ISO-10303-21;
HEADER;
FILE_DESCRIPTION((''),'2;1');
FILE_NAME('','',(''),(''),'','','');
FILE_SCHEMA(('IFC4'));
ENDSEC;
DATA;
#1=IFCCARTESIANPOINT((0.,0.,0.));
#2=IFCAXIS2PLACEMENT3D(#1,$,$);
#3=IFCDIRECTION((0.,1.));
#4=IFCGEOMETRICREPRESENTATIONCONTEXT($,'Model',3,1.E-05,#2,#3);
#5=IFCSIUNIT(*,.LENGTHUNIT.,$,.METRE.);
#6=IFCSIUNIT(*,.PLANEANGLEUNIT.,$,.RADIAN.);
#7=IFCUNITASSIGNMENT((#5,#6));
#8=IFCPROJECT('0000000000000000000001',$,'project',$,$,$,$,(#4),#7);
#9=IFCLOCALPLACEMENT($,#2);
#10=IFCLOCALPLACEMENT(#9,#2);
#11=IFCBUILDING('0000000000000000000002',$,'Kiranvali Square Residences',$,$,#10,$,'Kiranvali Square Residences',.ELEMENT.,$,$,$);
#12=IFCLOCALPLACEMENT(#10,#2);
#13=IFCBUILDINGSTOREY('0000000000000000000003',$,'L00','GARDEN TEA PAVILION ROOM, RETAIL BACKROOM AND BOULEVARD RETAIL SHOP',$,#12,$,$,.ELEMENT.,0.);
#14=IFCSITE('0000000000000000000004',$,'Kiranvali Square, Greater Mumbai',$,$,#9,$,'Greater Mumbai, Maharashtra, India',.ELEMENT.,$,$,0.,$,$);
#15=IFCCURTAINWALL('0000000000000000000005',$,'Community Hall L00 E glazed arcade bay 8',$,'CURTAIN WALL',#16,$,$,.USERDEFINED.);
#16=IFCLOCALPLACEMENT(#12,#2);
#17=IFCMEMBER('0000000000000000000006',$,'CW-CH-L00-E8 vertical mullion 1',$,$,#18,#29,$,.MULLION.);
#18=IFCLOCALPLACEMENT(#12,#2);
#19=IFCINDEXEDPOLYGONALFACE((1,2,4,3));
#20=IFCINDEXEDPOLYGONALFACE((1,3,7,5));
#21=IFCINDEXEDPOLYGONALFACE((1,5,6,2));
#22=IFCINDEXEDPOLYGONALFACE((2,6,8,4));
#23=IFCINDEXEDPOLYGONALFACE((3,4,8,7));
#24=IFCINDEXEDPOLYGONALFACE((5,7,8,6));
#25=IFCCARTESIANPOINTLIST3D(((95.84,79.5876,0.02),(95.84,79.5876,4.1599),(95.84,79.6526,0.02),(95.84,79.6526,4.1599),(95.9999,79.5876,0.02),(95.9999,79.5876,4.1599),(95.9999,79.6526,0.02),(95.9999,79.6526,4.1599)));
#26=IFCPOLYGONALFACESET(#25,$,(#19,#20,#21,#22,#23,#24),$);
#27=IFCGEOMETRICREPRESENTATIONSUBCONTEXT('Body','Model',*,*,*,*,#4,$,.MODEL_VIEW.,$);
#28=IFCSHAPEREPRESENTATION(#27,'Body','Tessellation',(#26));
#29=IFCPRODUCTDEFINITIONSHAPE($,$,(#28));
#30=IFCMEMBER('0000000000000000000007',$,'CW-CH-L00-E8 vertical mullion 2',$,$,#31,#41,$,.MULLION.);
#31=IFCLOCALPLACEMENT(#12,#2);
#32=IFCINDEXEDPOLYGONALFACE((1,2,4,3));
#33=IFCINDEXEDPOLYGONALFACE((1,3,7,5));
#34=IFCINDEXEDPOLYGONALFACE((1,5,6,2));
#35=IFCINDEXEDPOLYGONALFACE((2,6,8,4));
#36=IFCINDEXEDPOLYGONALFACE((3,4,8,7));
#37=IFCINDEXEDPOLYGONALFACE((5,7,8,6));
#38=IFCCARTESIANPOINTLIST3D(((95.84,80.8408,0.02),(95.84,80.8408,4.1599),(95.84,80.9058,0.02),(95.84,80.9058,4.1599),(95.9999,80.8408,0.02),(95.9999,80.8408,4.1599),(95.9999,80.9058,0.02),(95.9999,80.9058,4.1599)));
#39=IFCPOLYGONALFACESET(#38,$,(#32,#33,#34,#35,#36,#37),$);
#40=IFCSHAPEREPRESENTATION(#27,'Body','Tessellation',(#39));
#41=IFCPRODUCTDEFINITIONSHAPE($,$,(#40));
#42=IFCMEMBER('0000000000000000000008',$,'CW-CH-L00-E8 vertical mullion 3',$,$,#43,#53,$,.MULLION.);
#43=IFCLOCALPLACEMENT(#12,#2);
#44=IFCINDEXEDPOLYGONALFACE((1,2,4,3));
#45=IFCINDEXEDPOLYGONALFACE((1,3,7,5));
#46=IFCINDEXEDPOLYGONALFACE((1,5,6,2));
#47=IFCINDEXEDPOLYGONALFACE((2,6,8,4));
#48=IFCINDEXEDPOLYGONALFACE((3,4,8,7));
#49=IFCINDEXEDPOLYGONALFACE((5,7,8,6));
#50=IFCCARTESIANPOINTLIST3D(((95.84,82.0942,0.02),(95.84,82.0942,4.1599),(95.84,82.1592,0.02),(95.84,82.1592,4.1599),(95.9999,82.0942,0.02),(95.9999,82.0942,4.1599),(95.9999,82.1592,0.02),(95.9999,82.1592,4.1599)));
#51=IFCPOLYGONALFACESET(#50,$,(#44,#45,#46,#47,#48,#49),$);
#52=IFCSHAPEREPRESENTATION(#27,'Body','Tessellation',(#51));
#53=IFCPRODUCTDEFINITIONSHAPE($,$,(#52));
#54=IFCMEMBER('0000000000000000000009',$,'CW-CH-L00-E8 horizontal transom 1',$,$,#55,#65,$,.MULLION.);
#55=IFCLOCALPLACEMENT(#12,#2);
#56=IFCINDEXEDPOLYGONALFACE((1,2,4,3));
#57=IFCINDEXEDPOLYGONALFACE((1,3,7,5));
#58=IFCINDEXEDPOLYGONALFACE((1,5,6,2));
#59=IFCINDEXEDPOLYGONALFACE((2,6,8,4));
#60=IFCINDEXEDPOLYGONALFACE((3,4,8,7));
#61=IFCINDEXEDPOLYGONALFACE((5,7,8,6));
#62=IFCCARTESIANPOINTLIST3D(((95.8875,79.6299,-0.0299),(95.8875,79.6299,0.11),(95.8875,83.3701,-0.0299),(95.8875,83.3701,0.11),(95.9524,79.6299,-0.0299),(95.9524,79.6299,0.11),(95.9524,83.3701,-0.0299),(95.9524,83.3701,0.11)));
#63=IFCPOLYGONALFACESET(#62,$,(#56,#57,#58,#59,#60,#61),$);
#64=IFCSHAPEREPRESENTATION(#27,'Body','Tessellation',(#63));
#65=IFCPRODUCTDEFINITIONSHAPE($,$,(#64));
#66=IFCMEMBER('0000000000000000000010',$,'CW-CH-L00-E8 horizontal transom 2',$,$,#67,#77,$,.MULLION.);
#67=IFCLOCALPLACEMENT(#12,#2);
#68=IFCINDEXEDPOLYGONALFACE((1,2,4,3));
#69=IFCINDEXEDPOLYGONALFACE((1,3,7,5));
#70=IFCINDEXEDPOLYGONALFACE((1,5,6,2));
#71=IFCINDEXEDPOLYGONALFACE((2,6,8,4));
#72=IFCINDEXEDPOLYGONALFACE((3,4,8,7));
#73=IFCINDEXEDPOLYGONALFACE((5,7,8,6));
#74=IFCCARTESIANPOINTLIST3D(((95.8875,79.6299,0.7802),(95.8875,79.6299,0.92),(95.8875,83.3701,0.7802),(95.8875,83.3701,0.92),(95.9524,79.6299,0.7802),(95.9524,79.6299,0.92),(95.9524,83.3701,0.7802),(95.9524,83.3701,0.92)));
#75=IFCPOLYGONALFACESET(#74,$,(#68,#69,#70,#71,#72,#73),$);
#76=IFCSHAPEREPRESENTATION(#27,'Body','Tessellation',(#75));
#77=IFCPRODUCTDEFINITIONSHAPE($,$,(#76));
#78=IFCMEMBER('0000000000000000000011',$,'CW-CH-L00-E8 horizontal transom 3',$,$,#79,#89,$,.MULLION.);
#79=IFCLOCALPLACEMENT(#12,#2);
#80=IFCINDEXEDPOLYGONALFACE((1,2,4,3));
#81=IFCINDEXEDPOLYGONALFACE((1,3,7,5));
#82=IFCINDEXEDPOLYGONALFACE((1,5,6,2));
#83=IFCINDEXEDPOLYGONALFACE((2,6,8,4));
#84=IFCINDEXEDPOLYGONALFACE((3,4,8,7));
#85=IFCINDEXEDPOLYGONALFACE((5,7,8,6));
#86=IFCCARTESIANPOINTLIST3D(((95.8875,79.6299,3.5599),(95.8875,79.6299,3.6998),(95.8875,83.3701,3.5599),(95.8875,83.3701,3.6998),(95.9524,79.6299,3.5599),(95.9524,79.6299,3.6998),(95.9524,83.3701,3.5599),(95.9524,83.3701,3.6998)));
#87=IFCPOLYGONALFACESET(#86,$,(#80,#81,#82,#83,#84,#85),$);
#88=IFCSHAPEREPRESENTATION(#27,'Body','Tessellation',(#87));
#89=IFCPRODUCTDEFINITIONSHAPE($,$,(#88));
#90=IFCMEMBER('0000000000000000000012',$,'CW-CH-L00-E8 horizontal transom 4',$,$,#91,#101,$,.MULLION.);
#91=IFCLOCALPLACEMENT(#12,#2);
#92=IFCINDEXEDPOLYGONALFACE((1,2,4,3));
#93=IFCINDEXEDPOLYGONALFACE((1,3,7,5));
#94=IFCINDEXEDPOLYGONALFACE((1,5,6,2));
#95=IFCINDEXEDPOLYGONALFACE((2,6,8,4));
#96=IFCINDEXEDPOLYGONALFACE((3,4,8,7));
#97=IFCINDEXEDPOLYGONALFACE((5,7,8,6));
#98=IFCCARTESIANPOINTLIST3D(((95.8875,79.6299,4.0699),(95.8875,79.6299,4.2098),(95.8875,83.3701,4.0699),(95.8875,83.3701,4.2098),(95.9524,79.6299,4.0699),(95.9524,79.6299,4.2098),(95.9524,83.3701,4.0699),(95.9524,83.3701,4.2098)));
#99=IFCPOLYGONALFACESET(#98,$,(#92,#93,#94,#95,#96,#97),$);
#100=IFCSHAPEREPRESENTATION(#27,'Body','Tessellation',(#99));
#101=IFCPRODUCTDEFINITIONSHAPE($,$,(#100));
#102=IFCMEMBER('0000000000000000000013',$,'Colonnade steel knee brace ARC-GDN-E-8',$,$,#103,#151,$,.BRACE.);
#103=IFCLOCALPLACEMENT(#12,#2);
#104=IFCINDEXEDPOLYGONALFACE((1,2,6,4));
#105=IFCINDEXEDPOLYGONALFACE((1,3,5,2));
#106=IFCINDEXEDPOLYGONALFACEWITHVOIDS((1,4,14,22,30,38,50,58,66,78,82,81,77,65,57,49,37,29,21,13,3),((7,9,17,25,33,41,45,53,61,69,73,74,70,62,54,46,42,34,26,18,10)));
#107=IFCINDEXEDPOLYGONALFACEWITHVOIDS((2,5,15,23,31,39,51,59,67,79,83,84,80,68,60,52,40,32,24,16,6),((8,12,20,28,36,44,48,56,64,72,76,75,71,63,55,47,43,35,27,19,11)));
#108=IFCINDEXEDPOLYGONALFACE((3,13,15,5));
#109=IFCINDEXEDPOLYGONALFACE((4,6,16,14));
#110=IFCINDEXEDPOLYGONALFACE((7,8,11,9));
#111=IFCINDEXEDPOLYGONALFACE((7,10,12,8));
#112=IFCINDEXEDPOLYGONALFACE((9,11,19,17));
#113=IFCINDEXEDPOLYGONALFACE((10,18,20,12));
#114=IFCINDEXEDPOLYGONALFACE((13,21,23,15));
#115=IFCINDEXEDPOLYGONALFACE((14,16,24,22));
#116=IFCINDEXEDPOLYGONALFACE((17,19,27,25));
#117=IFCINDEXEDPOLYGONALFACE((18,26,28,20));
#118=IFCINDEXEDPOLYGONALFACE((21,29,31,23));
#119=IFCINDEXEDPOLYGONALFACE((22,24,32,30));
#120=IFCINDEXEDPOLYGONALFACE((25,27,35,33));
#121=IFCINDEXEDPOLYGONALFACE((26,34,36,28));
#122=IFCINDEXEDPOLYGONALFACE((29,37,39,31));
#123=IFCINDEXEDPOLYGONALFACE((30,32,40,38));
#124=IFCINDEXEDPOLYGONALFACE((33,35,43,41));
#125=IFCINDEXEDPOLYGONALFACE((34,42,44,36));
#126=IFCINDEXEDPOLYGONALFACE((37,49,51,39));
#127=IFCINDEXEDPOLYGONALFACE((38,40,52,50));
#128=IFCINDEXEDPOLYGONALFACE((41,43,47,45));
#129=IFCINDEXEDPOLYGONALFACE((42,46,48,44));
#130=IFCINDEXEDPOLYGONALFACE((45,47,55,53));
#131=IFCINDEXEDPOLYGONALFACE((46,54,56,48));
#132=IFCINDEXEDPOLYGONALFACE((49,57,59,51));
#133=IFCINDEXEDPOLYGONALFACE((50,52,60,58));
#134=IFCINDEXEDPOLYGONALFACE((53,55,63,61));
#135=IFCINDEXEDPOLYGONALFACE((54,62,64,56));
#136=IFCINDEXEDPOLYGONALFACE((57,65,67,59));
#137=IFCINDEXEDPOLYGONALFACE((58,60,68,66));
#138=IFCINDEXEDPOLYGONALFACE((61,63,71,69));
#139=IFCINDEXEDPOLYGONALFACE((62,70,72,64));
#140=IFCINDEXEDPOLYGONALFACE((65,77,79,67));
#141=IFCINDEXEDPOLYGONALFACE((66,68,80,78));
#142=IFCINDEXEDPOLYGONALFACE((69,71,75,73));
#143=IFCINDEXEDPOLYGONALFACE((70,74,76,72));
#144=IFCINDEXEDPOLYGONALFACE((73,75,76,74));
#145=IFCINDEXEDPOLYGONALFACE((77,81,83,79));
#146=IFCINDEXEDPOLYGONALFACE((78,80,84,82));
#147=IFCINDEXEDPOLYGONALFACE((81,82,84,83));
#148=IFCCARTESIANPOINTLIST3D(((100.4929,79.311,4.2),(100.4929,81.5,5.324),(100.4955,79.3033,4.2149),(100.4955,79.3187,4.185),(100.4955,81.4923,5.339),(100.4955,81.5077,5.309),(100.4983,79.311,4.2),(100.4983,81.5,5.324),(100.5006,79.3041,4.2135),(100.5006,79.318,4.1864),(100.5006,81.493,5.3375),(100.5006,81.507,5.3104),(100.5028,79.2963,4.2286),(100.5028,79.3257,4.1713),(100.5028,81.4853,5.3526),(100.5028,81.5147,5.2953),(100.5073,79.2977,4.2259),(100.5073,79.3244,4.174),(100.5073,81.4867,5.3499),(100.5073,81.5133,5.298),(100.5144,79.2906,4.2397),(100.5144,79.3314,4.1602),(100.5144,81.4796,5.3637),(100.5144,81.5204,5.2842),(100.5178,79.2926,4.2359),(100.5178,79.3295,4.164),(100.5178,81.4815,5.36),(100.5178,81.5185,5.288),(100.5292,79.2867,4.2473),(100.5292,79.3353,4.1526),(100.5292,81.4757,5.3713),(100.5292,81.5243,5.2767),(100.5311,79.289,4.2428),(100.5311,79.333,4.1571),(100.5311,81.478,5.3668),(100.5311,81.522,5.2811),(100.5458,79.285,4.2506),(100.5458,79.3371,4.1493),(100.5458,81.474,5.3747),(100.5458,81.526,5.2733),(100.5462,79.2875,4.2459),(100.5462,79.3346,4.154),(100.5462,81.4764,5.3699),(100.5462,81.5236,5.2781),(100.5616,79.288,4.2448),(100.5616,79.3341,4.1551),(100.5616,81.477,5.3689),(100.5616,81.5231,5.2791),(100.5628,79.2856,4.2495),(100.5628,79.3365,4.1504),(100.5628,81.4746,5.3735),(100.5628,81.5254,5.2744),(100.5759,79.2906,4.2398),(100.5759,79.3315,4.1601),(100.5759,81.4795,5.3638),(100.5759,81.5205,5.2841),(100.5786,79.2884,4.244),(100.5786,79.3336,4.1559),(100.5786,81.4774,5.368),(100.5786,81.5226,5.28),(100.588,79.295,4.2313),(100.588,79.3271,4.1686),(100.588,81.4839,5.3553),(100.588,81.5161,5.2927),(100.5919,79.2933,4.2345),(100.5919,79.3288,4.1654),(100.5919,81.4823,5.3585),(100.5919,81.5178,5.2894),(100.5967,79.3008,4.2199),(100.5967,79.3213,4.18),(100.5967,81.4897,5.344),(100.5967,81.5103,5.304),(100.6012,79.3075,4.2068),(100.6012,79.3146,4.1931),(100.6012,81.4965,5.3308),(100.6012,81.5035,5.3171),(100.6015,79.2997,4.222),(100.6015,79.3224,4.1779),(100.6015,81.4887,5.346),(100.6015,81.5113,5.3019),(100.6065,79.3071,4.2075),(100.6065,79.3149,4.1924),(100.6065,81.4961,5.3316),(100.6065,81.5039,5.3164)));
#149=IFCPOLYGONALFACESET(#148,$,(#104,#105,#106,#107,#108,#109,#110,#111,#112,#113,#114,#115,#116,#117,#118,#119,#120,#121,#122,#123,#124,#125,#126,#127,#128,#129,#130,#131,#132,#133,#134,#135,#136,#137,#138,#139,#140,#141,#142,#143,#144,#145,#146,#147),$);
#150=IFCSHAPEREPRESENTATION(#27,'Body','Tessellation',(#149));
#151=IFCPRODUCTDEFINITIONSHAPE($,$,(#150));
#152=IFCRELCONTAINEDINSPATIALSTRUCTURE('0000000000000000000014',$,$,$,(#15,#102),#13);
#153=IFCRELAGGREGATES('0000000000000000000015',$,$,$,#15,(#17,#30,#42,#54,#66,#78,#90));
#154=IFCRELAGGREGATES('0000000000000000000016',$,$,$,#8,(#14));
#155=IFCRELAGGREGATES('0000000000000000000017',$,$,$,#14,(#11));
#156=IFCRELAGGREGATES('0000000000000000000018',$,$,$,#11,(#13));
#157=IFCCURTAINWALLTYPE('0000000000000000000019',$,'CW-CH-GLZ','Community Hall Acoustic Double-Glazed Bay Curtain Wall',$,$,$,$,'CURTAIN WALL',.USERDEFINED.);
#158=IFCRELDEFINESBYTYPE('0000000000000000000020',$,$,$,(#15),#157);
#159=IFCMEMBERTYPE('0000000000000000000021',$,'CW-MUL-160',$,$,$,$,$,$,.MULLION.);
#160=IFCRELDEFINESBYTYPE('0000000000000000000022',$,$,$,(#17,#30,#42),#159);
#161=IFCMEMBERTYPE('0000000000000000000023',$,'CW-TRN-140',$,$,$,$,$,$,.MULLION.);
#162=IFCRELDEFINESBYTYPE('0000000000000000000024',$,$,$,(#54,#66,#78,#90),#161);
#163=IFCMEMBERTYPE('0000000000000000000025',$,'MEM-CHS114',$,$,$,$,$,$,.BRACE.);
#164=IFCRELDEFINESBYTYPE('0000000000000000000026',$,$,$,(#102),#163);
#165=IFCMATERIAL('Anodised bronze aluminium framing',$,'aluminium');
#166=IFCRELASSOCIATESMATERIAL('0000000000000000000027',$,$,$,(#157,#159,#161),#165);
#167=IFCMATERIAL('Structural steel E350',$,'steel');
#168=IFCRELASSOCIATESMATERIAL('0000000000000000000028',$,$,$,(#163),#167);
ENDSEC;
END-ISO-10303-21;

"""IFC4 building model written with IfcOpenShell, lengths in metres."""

from ifc_helpers import new_model, si_unit, direction, frame, origin, origin_2d, place, context, subcontext, project, spatial, rectangle, hollow_circle, extrude, material, material_profile, profile_set, type_object, element, aggregate, save


model = new_model("IFC4")

# Units and contexts
model_context = context("Model", 3, precision=1e-05, world=origin(), true_north=direction((0.0, 1.0)))
body_context = subcontext(model_context, "Body", "Model", "MODEL_VIEW")
ifc_project = project(units=[si_unit("LENGTHUNIT", "METRE"), si_unit("PLANEANGLEUNIT", "RADIAN")], contexts=[model_context])

# Site, building, storey
site_placement = place(None, origin())
site = spatial("IfcSite", under=ifc_project, at=site_placement, Name="Kiranvali Square, Greater Mumbai", LongName="Greater Mumbai, Maharashtra, India", CompositionType="ELEMENT", RefElevation=0.0)
building_placement = place(site_placement, origin())
building = spatial("IfcBuilding", under=site, at=building_placement, Name="Kiranvali Square Residences", LongName="Kiranvali Square Residences", CompositionType="ELEMENT")
storey_placement = place(building_placement, origin())
storey = spatial("IfcBuildingStorey", under=building, at=storey_placement, Name="L00", Description="GARDEN TEA PAVILION ROOM, RETAIL BACKROOM AND BOULEVARD RETAIL SHOP", CompositionType="ELEMENT", Elevation=0.0)

# Shared definitions
ifc_material_1 = material(Name="Anodised bronze aluminium framing", Category="aluminium")
curtain_wall_type = type_object("IfcCurtainWallType", Name="CW-CH-GLZ", Description="Community Hall Acoustic Double-Glazed Bay Curtain Wall", ElementType="CURTAIN WALL", PredefinedType="USERDEFINED", material=ifc_material_1)
ifc_material_profile_1 = material_profile(ifc_material_1, rectangle(XDim=0.0649, YDim=0.1599, at=origin_2d()), Name="ALU 65x160")
ifc_profile_set_1 = profile_set([ifc_material_profile_1], Name="Anodised bronze aluminium framing")
member_type_1 = type_object("IfcMemberType", Name="CW-MUL-160", PredefinedType="MULLION", material=ifc_profile_set_1)

# Curtain wall, members
curtain_wall_1_placement = place(storey_placement, origin())
curtain_wall_1 = element("IfcCurtainWall", 1, at=curtain_wall_1_placement, inside=storey, type_object=curtain_wall_type, Name="Community Hall L00 E glazed arcade bay 8", ObjectType="CURTAIN WALL", PredefinedType="USERDEFINED")
member_1_placement = place(storey_placement, frame((95.9199, 79.6201, 0.02), z_axis=(0.0, 0.0, 1.0), x_axis=(0.0, 1.0, 0.0)))
member_1 = element("IfcMember", 2, at=member_1_placement, type_object=member_type_1, Name="CW-CH-L00-E8 vertical mullion 1", PredefinedType="MULLION", context=body_context, shape_type="SweptSolid", body=[
    extrude(rectangle(XDim=0.0649, YDim=0.1599, at=origin_2d()), origin(), (0.0, 0.0, 1.0), 4.1399),
])
member_2_placement = place(storey_placement, frame((95.9199, 80.8733, 0.02), z_axis=(0.0, 0.0, 1.0), x_axis=(0.0, 1.0, 0.0)))
member_2 = element("IfcMember", 3, at=member_2_placement, type_object=member_type_1, Name="CW-CH-L00-E8 vertical mullion 2", PredefinedType="MULLION", context=body_context, shape_type="SweptSolid", body=[
    extrude(rectangle(XDim=0.0649, YDim=0.1599, at=origin_2d()), origin(), (0.0, 0.0, 1.0), 4.1399),
])
member_3_placement = place(storey_placement, frame((95.9199, 82.1267, 0.02), z_axis=(0.0, 0.0, 1.0), x_axis=(0.0, 1.0, 0.0)))
member_3 = element("IfcMember", 4, at=member_3_placement, type_object=member_type_1, Name="CW-CH-L00-E8 vertical mullion 3", PredefinedType="MULLION", context=body_context, shape_type="SweptSolid", body=[
    extrude(rectangle(XDim=0.0649, YDim=0.1599, at=origin_2d()), origin(), (0.0, 0.0, 1.0), 4.1399),
])
ifc_material_profile_2 = material_profile(ifc_material_1, rectangle(XDim=0.0649, YDim=0.1399, at=origin_2d()), Name="ALU 65x140")
ifc_profile_set_2 = profile_set([ifc_material_profile_2], Name="Anodised bronze aluminium framing")
member_type_2 = type_object("IfcMemberType", Name="CW-TRN-140", PredefinedType="MULLION", material=ifc_profile_set_2)
member_4_placement = place(storey_placement, frame((95.9199, 79.6299, 0.04), z_axis=(0.0, 1.0, 0.0), x_axis=(-1.0, 0.0, 0.0)))
member_4 = element("IfcMember", 5, at=member_4_placement, type_object=member_type_2, Name="CW-CH-L00-E8 horizontal transom 1", PredefinedType="MULLION", context=body_context, shape_type="SweptSolid", body=[
    extrude(rectangle(XDim=0.0649, YDim=0.1399, at=origin_2d()), origin(), (0.0, 0.0, 1.0), 3.7402),
])
member_5_placement = place(storey_placement, frame((95.9199, 79.6299, 0.8501), z_axis=(0.0, 1.0, 0.0), x_axis=(-1.0, 0.0, 0.0)))
member_5 = element("IfcMember", 6, at=member_5_placement, type_object=member_type_2, Name="CW-CH-L00-E8 horizontal transom 2", PredefinedType="MULLION", context=body_context, shape_type="SweptSolid", body=[
    extrude(rectangle(XDim=0.0649, YDim=0.1399, at=origin_2d()), origin(), (0.0, 0.0, 1.0), 3.7402),
])
member_6_placement = place(storey_placement, frame((95.9199, 79.6299, 3.6299), z_axis=(0.0, 1.0, 0.0), x_axis=(-1.0, 0.0, 0.0)))
member_6 = element("IfcMember", 7, at=member_6_placement, type_object=member_type_2, Name="CW-CH-L00-E8 horizontal transom 3", PredefinedType="MULLION", context=body_context, shape_type="SweptSolid", body=[
    extrude(rectangle(XDim=0.0649, YDim=0.1399, at=origin_2d()), origin(), (0.0, 0.0, 1.0), 3.7402),
])
member_7_placement = place(storey_placement, frame((95.9199, 79.6299, 4.1399), z_axis=(0.0, 1.0, 0.0), x_axis=(-1.0, 0.0, 0.0)))
member_7 = element("IfcMember", 8, at=member_7_placement, type_object=member_type_2, Name="CW-CH-L00-E8 horizontal transom 4", PredefinedType="MULLION", context=body_context, shape_type="SweptSolid", body=[
    extrude(rectangle(XDim=0.0649, YDim=0.1399, at=origin_2d()), origin(), (0.0, 0.0, 1.0), 3.7402),
])

# Member
ifc_material_2 = material(Name="Structural steel E350", Category="steel")
ifc_material_profile_3 = material_profile(ifc_material_2, hollow_circle(Radius=0.0571, WallThickness=0.0054, at=origin_2d()), Name="CHS 114.3x5.4")
ifc_profile_set_3 = profile_set([ifc_material_profile_3], Name="Structural steel E350")
member_type_3 = type_object("IfcMemberType", Name="MEM-CHS114", PredefinedType="BRACE", material=ifc_profile_set_3)
member_8_placement = place(storey_placement, frame((100.55, 79.311, 4.2), z_axis=(0.0, 0.889574, 0.456792), x_axis=(-1.0, 0.0, 0.0)))
element("IfcMember", 9, at=member_8_placement, inside=storey, type_object=member_type_3, Name="Colonnade steel knee brace ARC-GDN-E-8", PredefinedType="BRACE", context=body_context, shape_type="SweptSolid", body=[
    extrude(hollow_circle(Radius=0.0571, WallThickness=0.0054, at=origin_2d()), origin(), (0.0, 0.0, 1.0), 2.4607),
])

aggregate(curtain_wall_1, [member_1, member_2, member_3, member_4, member_5, member_6, member_7])

save(model, "model.ifc")
